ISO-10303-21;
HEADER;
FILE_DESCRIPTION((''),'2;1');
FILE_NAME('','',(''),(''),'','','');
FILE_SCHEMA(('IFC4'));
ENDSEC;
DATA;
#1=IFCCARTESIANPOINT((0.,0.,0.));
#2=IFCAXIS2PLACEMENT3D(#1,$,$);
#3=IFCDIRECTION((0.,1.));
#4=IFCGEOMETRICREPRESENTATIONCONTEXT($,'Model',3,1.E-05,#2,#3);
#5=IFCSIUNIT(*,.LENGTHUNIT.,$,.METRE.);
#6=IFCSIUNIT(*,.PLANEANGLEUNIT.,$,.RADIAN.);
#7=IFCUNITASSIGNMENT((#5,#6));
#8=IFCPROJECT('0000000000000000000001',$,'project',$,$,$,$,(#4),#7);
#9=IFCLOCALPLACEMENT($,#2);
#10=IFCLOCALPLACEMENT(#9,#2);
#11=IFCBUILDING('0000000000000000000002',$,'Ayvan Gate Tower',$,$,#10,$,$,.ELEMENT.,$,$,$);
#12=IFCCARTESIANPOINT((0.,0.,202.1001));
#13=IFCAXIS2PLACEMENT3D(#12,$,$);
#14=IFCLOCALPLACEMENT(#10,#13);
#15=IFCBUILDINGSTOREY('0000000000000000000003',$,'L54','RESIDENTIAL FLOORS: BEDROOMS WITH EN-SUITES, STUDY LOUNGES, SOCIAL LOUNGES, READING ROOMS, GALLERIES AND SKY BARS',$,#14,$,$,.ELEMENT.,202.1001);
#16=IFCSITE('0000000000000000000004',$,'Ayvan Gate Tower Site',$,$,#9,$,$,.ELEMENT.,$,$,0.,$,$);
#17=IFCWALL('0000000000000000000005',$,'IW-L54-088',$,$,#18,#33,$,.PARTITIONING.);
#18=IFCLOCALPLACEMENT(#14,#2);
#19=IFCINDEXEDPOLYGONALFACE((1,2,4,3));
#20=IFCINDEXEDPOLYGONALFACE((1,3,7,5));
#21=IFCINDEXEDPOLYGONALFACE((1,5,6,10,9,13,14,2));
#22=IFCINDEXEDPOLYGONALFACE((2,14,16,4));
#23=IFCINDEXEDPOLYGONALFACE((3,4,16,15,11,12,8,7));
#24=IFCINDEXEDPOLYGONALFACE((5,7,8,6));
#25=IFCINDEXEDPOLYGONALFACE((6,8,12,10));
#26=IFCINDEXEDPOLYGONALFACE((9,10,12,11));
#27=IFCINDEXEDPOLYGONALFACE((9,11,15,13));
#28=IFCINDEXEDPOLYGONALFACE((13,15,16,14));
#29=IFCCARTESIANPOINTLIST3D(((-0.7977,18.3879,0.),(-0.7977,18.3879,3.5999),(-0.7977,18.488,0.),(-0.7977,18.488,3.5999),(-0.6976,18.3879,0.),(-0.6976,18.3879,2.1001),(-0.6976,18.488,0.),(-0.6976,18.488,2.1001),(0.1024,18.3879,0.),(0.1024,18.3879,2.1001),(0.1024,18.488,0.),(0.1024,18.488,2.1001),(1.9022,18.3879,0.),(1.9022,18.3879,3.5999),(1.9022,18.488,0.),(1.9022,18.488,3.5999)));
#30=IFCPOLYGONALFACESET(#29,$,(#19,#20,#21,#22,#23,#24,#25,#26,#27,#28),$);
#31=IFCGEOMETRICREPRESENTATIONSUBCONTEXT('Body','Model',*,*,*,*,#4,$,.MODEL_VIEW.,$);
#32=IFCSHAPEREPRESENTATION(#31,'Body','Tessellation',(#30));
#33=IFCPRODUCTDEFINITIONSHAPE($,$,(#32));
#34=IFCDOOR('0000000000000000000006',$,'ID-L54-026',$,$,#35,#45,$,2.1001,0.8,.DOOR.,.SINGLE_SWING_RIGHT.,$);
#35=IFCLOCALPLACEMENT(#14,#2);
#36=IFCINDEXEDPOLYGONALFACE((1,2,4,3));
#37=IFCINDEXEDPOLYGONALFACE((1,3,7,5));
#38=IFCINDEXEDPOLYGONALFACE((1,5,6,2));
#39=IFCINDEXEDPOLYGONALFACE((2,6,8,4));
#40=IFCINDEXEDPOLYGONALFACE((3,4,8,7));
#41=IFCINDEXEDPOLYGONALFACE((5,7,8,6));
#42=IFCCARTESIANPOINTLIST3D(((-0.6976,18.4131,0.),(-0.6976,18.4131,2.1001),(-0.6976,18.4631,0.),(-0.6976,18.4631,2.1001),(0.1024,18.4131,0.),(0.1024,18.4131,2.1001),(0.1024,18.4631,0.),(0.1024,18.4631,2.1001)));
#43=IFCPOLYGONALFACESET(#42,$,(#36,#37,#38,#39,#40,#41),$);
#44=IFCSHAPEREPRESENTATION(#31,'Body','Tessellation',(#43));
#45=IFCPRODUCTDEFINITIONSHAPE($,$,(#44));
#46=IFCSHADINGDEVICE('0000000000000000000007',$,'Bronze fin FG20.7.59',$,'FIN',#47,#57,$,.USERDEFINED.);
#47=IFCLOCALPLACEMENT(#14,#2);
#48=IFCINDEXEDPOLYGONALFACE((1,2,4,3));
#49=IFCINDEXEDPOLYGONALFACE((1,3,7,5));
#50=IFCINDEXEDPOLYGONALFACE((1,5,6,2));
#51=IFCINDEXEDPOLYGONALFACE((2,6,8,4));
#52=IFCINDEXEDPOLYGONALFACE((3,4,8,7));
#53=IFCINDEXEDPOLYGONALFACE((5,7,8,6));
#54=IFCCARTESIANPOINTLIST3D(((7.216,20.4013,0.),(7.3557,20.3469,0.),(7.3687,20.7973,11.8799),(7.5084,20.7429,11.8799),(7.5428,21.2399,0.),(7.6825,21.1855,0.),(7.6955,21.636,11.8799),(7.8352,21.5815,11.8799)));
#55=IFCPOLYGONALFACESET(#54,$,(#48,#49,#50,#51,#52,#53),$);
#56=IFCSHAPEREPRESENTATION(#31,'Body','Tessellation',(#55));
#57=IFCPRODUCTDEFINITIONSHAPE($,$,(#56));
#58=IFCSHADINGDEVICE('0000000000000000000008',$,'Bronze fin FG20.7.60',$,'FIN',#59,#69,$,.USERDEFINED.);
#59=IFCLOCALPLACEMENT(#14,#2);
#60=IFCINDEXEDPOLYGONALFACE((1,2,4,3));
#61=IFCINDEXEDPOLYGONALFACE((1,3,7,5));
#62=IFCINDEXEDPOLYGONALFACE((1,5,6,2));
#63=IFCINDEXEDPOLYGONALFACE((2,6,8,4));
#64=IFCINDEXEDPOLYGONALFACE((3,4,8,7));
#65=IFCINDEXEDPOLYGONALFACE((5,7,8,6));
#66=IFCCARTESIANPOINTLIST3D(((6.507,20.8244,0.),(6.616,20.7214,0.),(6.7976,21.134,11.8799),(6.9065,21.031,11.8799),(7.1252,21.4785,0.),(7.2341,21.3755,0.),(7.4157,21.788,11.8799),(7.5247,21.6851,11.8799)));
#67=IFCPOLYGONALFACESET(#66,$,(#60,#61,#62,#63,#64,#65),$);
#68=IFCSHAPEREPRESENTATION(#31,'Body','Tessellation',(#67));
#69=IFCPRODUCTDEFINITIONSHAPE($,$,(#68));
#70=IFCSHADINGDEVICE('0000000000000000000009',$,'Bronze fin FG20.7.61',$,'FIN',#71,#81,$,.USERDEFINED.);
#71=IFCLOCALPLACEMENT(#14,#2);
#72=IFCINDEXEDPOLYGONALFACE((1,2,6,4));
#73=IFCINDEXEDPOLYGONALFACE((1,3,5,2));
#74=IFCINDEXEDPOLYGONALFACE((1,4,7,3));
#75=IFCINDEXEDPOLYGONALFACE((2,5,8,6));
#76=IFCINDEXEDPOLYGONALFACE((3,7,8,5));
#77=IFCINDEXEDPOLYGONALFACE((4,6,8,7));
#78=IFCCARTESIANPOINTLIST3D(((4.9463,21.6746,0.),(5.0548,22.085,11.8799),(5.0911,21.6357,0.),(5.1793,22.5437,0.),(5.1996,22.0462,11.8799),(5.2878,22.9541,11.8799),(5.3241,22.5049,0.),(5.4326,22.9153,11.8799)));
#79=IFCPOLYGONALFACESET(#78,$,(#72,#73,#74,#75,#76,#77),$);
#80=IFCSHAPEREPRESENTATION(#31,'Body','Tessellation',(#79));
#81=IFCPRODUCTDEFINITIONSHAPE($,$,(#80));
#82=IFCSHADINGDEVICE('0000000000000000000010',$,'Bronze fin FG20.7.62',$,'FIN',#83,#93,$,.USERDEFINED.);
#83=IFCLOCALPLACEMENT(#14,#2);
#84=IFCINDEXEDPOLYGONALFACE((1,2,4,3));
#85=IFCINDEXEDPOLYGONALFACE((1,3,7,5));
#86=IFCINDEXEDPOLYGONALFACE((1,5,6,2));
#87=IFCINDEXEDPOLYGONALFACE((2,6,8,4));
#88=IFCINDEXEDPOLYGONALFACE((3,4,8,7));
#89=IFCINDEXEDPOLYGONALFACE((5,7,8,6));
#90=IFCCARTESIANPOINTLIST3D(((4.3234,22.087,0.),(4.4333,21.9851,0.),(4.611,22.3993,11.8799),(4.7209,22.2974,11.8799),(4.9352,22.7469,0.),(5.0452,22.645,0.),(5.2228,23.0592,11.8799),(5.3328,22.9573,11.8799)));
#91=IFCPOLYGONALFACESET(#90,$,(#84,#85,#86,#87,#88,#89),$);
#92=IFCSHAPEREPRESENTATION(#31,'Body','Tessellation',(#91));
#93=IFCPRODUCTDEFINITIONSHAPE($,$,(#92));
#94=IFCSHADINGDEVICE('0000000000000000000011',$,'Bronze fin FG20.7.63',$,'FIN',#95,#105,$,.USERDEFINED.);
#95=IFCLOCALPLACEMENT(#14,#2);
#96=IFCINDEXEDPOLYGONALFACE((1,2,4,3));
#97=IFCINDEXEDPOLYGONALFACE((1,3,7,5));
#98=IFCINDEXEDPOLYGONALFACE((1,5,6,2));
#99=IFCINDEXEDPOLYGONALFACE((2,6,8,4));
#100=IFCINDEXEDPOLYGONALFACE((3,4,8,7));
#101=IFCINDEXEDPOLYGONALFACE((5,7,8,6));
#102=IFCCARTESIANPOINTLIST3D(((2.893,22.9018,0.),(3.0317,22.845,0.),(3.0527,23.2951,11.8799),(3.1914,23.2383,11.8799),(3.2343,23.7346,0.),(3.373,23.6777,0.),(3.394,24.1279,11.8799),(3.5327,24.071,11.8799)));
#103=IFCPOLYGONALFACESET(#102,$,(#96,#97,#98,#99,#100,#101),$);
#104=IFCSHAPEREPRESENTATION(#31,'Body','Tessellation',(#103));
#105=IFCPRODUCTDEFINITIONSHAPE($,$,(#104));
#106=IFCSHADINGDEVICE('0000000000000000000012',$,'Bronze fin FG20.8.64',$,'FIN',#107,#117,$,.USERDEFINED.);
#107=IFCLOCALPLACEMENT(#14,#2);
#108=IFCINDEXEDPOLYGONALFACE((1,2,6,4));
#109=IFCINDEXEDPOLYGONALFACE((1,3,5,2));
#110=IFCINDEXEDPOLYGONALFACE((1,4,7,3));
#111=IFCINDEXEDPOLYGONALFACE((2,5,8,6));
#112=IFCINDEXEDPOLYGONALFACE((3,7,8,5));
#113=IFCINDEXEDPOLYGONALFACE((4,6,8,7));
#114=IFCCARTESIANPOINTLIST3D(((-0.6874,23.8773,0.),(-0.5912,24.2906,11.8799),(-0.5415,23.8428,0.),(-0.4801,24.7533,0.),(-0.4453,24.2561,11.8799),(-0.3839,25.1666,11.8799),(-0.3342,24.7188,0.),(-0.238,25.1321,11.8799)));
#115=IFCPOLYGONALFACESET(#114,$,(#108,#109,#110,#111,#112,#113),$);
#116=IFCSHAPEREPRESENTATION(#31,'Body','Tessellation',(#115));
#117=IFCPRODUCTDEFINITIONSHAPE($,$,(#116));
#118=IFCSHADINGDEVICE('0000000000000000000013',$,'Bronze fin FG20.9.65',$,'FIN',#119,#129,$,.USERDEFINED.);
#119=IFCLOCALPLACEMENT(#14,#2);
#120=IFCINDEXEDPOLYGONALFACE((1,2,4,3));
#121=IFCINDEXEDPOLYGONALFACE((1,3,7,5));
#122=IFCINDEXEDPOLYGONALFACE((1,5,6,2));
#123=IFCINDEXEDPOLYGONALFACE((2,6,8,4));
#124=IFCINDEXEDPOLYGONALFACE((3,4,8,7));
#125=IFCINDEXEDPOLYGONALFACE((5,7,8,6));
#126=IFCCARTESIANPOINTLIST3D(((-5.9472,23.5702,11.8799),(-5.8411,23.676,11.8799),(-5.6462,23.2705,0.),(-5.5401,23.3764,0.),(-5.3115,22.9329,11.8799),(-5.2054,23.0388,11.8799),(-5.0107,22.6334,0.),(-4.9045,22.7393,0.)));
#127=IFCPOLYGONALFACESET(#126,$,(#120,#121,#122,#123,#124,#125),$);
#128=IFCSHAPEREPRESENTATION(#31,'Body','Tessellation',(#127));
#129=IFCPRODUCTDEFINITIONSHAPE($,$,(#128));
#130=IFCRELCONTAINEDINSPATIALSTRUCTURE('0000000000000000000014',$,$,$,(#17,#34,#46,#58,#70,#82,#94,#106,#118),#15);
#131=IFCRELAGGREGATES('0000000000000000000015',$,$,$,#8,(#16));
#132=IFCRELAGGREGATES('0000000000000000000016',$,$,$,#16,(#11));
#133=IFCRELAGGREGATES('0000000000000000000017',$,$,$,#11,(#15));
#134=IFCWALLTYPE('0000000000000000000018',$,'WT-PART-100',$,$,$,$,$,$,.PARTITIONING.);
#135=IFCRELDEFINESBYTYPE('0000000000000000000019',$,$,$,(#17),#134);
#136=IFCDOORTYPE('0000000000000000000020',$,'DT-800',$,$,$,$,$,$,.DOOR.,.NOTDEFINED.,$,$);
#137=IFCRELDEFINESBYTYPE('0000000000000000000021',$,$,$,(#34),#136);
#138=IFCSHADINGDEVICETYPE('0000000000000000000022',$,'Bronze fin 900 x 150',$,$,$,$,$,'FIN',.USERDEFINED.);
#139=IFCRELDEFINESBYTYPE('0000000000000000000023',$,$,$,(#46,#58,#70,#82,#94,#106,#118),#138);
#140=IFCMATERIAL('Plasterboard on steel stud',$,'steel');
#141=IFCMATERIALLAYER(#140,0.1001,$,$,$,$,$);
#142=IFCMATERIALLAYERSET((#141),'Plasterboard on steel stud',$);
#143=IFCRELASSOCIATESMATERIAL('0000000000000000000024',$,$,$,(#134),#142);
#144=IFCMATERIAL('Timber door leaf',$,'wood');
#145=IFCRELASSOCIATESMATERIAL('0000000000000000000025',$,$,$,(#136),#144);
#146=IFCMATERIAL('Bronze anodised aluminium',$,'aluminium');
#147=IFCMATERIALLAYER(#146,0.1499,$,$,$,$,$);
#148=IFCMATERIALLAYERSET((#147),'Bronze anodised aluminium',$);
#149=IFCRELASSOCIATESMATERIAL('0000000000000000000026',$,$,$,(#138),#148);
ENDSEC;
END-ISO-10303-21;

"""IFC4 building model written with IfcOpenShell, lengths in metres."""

from ifc_helpers import new_model, si_unit, direction, frame, frame_2d, origin, place, context, subcontext, project, spatial, polyline, rectangle, outline, extrude, material, layer, layer_set, type_object, element, fill, save


model = new_model("IFC4")

# Units and contexts
model_context = context("Model", 3, precision=1e-05, world=origin(), true_north=direction((0.0, 1.0)))
body_context = subcontext(model_context, "Body", "Model", "MODEL_VIEW")
ifc_project = project(units=[si_unit("LENGTHUNIT", "METRE"), si_unit("PLANEANGLEUNIT", "RADIAN")], contexts=[model_context])

# Site, building, storey
site_placement = place(None, origin())
site = spatial("IfcSite", under=ifc_project, at=site_placement, Name="Ayvan Gate Tower Site", CompositionType="ELEMENT", RefElevation=0.0)
building_placement = place(site_placement, origin())
building = spatial("IfcBuilding", under=site, at=building_placement, Name="Ayvan Gate Tower", CompositionType="ELEMENT")
storey_placement = place(building_placement, frame((0.0, 0.0, 202.1001)))
storey = spatial("IfcBuildingStorey", under=building, at=storey_placement, Name="L54", Description="RESIDENTIAL FLOORS: BEDROOMS WITH EN-SUITES, STUDY LOUNGES, SOCIAL LOUNGES, READING ROOMS, GALLERIES AND SKY BARS", CompositionType="ELEMENT", Elevation=202.1001)

# Shared definitions
ifc_material_1 = material(Name="Bronze anodised aluminium", Category="aluminium")

# Shared definitions
ifc_material_2 = material(Name="Plasterboard on steel stud", Category="steel")
ifc_layer_1 = layer(ifc_material_2, 0.1001)
ifc_layer_set_1 = layer_set([ifc_layer_1], Name="Plasterboard on steel stud")
wall_type = type_object("IfcWallType", Name="WT-PART-100", PredefinedType="PARTITIONING", material=ifc_layer_set_1)

# Wall, opening, door
wall_1_placement = place(storey_placement, frame((1.9023, 18.438, 0.0), z_axis=(0.0, 0.0, 1.0), x_axis=(-1.0, 0.0, 0.0)))
wall_1 = element("IfcWall", 1, at=wall_1_placement, inside=storey, type_object=wall_type, Name="IW-L54-088", PredefinedType="PARTITIONING", context=body_context, shape_type="SweptSolid", body=[
    extrude(rectangle(XDim=2.7, YDim=0.1001, at=frame_2d((1.3501, 0.0))), origin(), (0.0, 0.0, 1.0), 3.5999),
])
opening_placement = place(wall_1_placement, frame((1.8, 0.0, 0.0)))
opening = element("IfcOpeningElement", 2, at=opening_placement, cuts=wall_1, PredefinedType="OPENING", context=body_context, shape_type="SweptSolid", body=[
    extrude(rectangle(XDim=0.8, YDim=2.1001, at=frame_2d((0.3999, 1.05))), frame((0.0, 0.0601, 0.0), z_axis=(0.0, -1.0, 0.0), x_axis=(1.0, 0.0, 0.0)), (0.0, 0.0, 1.0), 0.1201),
])
ifc_material_3 = material(Name="Timber door leaf", Category="wood")
door_type = type_object("IfcDoorType", Name="DT-800", OperationType="NOTDEFINED", PredefinedType="DOOR", material=ifc_material_3)
door_placement = place(opening_placement, origin())
door = element("IfcDoor", 3, at=door_placement, inside=storey, type_object=door_type, Name="ID-L54-026", OperationType="SINGLE_SWING_RIGHT", OverallHeight=2.1001, OverallWidth=0.8, PredefinedType="DOOR", context=body_context, shape_type="SweptSolid", body=[
    extrude(rectangle(XDim=0.8, YDim=2.1001, at=frame_2d((0.3999, 1.05))), frame((0.0, 0.0249, 0.0), z_axis=(0.0, -1.0, 0.0), x_axis=(1.0, 0.0, 0.0)), (0.0, 0.0, 1.0), 0.05),
])
fill(opening, door)

# Shading devices
ifc_layer_2 = layer(ifc_material_1, 0.1499)
ifc_layer_set_2 = layer_set([ifc_layer_2], Name="Bronze anodised aluminium")
shading_device_type = type_object("IfcShadingDeviceType", Name="Bronze fin 900 x 150", ElementType="FIN", PredefinedType="USERDEFINED", material=ifc_layer_set_2)
shading_device_1_placement = place(storey_placement, frame((7.3557, 20.3469, 0.0), z_axis=(0.93176, -0.363074, 0.000125), x_axis=(0.363075, 0.93176, 0.0)))
element("IfcShadingDevice", 4, at=shading_device_1_placement, inside=storey, type_object=shading_device_type, Name="Bronze fin FG20.7.59", ObjectType="FIN", PredefinedType="USERDEFINED", context=body_context, shape_type="SweptSolid", body=[
    extrude(outline(polyline([(0.0, 0.0), (0.9, 0.0), (1.3245, 11.8799), (0.4244, 11.8799), (0.0, 0.0)])), origin(), (0.0, 0.0, -1.0), 0.1499),
])
shading_device_2_placement = place(storey_placement, frame((6.616, 20.7214, 0.0), z_axis=(0.726765, -0.686886, 0.000126), x_axis=(0.686886, 0.726765, 0.0)))
element("IfcShadingDevice", 5, at=shading_device_2_placement, inside=storey, type_object=shading_device_type, Name="Bronze fin FG20.7.60", ObjectType="FIN", PredefinedType="USERDEFINED", context=body_context, shape_type="SweptSolid", body=[
    extrude(outline(polyline([(0.0, 0.0), (0.9, 0.0), (1.3245, 11.8799), (0.4245, 11.8799), (0.0, 0.0)])), origin(), (0.0, 0.0, -1.0), 0.1499),
])
shading_device_3_placement = place(storey_placement, frame((5.0911, 21.6357, 0.0), z_axis=(0.965885, -0.258971, 0.000123), x_axis=(0.258971, 0.965885, 0.0)))
element("IfcShadingDevice", 6, at=shading_device_3_placement, inside=storey, type_object=shading_device_type, Name="Bronze fin FG20.7.61", ObjectType="FIN", PredefinedType="USERDEFINED", context=body_context, shape_type="SweptSolid", body=[
    extrude(outline(polyline([(0.0, 0.0), (0.8999, 0.0), (1.3243, 11.8799), (0.4245, 11.8799), (0.0, 0.0)])), origin(), (0.0, 0.0, -1.0), 0.1499),
])
shading_device_4_placement = place(storey_placement, frame((4.4333, 21.9851, 0.0), z_axis=(0.733325, -0.679879, 0.000117), x_axis=(0.679879, 0.733325, 0.0)))
element("IfcShadingDevice", 7, at=shading_device_4_placement, inside=storey, type_object=shading_device_type, Name="Bronze fin FG20.7.62", ObjectType="FIN", PredefinedType="USERDEFINED", context=body_context, shape_type="SweptSolid", body=[
    extrude(outline(polyline([(0.0, 0.0), (0.8999, 0.0), (1.3244, 11.8799), (0.4245, 11.8799), (0.0, 0.0)])), origin(), (0.0, 0.0, -1.0), 0.1499),
])
shading_device_5_placement = place(storey_placement, frame((3.0317, 22.845, 0.0), z_axis=(0.9253, -0.379235, 0.000119), x_axis=(0.379235, 0.9253, 0.0)))
element("IfcShadingDevice", 8, at=shading_device_5_placement, inside=storey, type_object=shading_device_type, Name="Bronze fin FG20.7.63", ObjectType="FIN", PredefinedType="USERDEFINED", context=body_context, shape_type="SweptSolid", body=[
    extrude(outline(polyline([(0.0, 0.0), (0.9, 0.0), (1.3245, 11.8799), (0.4245, 11.8799), (0.0, 0.0)])), origin(), (0.0, 0.0, -1.0), 0.1499),
])
shading_device_6_placement = place(storey_placement, frame((-0.5415, 23.8428, 0.0), z_axis=(0.973128, -0.230264, 0.000132), x_axis=(0.230264, 0.973128, 0.0)))
element("IfcShadingDevice", 9, at=shading_device_6_placement, inside=storey, type_object=shading_device_type, Name="Bronze fin FG20.8.64", ObjectType="FIN", PredefinedType="USERDEFINED", context=body_context, shape_type="SweptSolid", body=[
    extrude(outline(polyline([(0.0, 0.0), (0.9002, 0.0), (1.3245, 11.8799), (0.4244, 11.8799), (0.0, 0.0)])), origin(), (0.0, 0.0, -1.0), 0.1499),
])
shading_device_7_placement = place(storey_placement, frame((-4.9045, 22.7393, 0.0), z_axis=(0.707988, 0.706225, 0.000124), x_axis=(-0.706225, 0.707988, 0.0)))
element("IfcShadingDevice", 10, at=shading_device_7_placement, inside=storey, type_object=shading_device_type, Name="Bronze fin FG20.9.65", ObjectType="FIN", PredefinedType="USERDEFINED", context=body_context, shape_type="SweptSolid", body=[
    extrude(outline(polyline([(0.0, 0.0), (0.8999, 0.0), (1.3246, 11.8799), (0.4245, 11.8799), (0.0, 0.0)])), origin(), (0.0, 0.0, -1.0), 0.1499),
])

save(model, "model.ifc")
